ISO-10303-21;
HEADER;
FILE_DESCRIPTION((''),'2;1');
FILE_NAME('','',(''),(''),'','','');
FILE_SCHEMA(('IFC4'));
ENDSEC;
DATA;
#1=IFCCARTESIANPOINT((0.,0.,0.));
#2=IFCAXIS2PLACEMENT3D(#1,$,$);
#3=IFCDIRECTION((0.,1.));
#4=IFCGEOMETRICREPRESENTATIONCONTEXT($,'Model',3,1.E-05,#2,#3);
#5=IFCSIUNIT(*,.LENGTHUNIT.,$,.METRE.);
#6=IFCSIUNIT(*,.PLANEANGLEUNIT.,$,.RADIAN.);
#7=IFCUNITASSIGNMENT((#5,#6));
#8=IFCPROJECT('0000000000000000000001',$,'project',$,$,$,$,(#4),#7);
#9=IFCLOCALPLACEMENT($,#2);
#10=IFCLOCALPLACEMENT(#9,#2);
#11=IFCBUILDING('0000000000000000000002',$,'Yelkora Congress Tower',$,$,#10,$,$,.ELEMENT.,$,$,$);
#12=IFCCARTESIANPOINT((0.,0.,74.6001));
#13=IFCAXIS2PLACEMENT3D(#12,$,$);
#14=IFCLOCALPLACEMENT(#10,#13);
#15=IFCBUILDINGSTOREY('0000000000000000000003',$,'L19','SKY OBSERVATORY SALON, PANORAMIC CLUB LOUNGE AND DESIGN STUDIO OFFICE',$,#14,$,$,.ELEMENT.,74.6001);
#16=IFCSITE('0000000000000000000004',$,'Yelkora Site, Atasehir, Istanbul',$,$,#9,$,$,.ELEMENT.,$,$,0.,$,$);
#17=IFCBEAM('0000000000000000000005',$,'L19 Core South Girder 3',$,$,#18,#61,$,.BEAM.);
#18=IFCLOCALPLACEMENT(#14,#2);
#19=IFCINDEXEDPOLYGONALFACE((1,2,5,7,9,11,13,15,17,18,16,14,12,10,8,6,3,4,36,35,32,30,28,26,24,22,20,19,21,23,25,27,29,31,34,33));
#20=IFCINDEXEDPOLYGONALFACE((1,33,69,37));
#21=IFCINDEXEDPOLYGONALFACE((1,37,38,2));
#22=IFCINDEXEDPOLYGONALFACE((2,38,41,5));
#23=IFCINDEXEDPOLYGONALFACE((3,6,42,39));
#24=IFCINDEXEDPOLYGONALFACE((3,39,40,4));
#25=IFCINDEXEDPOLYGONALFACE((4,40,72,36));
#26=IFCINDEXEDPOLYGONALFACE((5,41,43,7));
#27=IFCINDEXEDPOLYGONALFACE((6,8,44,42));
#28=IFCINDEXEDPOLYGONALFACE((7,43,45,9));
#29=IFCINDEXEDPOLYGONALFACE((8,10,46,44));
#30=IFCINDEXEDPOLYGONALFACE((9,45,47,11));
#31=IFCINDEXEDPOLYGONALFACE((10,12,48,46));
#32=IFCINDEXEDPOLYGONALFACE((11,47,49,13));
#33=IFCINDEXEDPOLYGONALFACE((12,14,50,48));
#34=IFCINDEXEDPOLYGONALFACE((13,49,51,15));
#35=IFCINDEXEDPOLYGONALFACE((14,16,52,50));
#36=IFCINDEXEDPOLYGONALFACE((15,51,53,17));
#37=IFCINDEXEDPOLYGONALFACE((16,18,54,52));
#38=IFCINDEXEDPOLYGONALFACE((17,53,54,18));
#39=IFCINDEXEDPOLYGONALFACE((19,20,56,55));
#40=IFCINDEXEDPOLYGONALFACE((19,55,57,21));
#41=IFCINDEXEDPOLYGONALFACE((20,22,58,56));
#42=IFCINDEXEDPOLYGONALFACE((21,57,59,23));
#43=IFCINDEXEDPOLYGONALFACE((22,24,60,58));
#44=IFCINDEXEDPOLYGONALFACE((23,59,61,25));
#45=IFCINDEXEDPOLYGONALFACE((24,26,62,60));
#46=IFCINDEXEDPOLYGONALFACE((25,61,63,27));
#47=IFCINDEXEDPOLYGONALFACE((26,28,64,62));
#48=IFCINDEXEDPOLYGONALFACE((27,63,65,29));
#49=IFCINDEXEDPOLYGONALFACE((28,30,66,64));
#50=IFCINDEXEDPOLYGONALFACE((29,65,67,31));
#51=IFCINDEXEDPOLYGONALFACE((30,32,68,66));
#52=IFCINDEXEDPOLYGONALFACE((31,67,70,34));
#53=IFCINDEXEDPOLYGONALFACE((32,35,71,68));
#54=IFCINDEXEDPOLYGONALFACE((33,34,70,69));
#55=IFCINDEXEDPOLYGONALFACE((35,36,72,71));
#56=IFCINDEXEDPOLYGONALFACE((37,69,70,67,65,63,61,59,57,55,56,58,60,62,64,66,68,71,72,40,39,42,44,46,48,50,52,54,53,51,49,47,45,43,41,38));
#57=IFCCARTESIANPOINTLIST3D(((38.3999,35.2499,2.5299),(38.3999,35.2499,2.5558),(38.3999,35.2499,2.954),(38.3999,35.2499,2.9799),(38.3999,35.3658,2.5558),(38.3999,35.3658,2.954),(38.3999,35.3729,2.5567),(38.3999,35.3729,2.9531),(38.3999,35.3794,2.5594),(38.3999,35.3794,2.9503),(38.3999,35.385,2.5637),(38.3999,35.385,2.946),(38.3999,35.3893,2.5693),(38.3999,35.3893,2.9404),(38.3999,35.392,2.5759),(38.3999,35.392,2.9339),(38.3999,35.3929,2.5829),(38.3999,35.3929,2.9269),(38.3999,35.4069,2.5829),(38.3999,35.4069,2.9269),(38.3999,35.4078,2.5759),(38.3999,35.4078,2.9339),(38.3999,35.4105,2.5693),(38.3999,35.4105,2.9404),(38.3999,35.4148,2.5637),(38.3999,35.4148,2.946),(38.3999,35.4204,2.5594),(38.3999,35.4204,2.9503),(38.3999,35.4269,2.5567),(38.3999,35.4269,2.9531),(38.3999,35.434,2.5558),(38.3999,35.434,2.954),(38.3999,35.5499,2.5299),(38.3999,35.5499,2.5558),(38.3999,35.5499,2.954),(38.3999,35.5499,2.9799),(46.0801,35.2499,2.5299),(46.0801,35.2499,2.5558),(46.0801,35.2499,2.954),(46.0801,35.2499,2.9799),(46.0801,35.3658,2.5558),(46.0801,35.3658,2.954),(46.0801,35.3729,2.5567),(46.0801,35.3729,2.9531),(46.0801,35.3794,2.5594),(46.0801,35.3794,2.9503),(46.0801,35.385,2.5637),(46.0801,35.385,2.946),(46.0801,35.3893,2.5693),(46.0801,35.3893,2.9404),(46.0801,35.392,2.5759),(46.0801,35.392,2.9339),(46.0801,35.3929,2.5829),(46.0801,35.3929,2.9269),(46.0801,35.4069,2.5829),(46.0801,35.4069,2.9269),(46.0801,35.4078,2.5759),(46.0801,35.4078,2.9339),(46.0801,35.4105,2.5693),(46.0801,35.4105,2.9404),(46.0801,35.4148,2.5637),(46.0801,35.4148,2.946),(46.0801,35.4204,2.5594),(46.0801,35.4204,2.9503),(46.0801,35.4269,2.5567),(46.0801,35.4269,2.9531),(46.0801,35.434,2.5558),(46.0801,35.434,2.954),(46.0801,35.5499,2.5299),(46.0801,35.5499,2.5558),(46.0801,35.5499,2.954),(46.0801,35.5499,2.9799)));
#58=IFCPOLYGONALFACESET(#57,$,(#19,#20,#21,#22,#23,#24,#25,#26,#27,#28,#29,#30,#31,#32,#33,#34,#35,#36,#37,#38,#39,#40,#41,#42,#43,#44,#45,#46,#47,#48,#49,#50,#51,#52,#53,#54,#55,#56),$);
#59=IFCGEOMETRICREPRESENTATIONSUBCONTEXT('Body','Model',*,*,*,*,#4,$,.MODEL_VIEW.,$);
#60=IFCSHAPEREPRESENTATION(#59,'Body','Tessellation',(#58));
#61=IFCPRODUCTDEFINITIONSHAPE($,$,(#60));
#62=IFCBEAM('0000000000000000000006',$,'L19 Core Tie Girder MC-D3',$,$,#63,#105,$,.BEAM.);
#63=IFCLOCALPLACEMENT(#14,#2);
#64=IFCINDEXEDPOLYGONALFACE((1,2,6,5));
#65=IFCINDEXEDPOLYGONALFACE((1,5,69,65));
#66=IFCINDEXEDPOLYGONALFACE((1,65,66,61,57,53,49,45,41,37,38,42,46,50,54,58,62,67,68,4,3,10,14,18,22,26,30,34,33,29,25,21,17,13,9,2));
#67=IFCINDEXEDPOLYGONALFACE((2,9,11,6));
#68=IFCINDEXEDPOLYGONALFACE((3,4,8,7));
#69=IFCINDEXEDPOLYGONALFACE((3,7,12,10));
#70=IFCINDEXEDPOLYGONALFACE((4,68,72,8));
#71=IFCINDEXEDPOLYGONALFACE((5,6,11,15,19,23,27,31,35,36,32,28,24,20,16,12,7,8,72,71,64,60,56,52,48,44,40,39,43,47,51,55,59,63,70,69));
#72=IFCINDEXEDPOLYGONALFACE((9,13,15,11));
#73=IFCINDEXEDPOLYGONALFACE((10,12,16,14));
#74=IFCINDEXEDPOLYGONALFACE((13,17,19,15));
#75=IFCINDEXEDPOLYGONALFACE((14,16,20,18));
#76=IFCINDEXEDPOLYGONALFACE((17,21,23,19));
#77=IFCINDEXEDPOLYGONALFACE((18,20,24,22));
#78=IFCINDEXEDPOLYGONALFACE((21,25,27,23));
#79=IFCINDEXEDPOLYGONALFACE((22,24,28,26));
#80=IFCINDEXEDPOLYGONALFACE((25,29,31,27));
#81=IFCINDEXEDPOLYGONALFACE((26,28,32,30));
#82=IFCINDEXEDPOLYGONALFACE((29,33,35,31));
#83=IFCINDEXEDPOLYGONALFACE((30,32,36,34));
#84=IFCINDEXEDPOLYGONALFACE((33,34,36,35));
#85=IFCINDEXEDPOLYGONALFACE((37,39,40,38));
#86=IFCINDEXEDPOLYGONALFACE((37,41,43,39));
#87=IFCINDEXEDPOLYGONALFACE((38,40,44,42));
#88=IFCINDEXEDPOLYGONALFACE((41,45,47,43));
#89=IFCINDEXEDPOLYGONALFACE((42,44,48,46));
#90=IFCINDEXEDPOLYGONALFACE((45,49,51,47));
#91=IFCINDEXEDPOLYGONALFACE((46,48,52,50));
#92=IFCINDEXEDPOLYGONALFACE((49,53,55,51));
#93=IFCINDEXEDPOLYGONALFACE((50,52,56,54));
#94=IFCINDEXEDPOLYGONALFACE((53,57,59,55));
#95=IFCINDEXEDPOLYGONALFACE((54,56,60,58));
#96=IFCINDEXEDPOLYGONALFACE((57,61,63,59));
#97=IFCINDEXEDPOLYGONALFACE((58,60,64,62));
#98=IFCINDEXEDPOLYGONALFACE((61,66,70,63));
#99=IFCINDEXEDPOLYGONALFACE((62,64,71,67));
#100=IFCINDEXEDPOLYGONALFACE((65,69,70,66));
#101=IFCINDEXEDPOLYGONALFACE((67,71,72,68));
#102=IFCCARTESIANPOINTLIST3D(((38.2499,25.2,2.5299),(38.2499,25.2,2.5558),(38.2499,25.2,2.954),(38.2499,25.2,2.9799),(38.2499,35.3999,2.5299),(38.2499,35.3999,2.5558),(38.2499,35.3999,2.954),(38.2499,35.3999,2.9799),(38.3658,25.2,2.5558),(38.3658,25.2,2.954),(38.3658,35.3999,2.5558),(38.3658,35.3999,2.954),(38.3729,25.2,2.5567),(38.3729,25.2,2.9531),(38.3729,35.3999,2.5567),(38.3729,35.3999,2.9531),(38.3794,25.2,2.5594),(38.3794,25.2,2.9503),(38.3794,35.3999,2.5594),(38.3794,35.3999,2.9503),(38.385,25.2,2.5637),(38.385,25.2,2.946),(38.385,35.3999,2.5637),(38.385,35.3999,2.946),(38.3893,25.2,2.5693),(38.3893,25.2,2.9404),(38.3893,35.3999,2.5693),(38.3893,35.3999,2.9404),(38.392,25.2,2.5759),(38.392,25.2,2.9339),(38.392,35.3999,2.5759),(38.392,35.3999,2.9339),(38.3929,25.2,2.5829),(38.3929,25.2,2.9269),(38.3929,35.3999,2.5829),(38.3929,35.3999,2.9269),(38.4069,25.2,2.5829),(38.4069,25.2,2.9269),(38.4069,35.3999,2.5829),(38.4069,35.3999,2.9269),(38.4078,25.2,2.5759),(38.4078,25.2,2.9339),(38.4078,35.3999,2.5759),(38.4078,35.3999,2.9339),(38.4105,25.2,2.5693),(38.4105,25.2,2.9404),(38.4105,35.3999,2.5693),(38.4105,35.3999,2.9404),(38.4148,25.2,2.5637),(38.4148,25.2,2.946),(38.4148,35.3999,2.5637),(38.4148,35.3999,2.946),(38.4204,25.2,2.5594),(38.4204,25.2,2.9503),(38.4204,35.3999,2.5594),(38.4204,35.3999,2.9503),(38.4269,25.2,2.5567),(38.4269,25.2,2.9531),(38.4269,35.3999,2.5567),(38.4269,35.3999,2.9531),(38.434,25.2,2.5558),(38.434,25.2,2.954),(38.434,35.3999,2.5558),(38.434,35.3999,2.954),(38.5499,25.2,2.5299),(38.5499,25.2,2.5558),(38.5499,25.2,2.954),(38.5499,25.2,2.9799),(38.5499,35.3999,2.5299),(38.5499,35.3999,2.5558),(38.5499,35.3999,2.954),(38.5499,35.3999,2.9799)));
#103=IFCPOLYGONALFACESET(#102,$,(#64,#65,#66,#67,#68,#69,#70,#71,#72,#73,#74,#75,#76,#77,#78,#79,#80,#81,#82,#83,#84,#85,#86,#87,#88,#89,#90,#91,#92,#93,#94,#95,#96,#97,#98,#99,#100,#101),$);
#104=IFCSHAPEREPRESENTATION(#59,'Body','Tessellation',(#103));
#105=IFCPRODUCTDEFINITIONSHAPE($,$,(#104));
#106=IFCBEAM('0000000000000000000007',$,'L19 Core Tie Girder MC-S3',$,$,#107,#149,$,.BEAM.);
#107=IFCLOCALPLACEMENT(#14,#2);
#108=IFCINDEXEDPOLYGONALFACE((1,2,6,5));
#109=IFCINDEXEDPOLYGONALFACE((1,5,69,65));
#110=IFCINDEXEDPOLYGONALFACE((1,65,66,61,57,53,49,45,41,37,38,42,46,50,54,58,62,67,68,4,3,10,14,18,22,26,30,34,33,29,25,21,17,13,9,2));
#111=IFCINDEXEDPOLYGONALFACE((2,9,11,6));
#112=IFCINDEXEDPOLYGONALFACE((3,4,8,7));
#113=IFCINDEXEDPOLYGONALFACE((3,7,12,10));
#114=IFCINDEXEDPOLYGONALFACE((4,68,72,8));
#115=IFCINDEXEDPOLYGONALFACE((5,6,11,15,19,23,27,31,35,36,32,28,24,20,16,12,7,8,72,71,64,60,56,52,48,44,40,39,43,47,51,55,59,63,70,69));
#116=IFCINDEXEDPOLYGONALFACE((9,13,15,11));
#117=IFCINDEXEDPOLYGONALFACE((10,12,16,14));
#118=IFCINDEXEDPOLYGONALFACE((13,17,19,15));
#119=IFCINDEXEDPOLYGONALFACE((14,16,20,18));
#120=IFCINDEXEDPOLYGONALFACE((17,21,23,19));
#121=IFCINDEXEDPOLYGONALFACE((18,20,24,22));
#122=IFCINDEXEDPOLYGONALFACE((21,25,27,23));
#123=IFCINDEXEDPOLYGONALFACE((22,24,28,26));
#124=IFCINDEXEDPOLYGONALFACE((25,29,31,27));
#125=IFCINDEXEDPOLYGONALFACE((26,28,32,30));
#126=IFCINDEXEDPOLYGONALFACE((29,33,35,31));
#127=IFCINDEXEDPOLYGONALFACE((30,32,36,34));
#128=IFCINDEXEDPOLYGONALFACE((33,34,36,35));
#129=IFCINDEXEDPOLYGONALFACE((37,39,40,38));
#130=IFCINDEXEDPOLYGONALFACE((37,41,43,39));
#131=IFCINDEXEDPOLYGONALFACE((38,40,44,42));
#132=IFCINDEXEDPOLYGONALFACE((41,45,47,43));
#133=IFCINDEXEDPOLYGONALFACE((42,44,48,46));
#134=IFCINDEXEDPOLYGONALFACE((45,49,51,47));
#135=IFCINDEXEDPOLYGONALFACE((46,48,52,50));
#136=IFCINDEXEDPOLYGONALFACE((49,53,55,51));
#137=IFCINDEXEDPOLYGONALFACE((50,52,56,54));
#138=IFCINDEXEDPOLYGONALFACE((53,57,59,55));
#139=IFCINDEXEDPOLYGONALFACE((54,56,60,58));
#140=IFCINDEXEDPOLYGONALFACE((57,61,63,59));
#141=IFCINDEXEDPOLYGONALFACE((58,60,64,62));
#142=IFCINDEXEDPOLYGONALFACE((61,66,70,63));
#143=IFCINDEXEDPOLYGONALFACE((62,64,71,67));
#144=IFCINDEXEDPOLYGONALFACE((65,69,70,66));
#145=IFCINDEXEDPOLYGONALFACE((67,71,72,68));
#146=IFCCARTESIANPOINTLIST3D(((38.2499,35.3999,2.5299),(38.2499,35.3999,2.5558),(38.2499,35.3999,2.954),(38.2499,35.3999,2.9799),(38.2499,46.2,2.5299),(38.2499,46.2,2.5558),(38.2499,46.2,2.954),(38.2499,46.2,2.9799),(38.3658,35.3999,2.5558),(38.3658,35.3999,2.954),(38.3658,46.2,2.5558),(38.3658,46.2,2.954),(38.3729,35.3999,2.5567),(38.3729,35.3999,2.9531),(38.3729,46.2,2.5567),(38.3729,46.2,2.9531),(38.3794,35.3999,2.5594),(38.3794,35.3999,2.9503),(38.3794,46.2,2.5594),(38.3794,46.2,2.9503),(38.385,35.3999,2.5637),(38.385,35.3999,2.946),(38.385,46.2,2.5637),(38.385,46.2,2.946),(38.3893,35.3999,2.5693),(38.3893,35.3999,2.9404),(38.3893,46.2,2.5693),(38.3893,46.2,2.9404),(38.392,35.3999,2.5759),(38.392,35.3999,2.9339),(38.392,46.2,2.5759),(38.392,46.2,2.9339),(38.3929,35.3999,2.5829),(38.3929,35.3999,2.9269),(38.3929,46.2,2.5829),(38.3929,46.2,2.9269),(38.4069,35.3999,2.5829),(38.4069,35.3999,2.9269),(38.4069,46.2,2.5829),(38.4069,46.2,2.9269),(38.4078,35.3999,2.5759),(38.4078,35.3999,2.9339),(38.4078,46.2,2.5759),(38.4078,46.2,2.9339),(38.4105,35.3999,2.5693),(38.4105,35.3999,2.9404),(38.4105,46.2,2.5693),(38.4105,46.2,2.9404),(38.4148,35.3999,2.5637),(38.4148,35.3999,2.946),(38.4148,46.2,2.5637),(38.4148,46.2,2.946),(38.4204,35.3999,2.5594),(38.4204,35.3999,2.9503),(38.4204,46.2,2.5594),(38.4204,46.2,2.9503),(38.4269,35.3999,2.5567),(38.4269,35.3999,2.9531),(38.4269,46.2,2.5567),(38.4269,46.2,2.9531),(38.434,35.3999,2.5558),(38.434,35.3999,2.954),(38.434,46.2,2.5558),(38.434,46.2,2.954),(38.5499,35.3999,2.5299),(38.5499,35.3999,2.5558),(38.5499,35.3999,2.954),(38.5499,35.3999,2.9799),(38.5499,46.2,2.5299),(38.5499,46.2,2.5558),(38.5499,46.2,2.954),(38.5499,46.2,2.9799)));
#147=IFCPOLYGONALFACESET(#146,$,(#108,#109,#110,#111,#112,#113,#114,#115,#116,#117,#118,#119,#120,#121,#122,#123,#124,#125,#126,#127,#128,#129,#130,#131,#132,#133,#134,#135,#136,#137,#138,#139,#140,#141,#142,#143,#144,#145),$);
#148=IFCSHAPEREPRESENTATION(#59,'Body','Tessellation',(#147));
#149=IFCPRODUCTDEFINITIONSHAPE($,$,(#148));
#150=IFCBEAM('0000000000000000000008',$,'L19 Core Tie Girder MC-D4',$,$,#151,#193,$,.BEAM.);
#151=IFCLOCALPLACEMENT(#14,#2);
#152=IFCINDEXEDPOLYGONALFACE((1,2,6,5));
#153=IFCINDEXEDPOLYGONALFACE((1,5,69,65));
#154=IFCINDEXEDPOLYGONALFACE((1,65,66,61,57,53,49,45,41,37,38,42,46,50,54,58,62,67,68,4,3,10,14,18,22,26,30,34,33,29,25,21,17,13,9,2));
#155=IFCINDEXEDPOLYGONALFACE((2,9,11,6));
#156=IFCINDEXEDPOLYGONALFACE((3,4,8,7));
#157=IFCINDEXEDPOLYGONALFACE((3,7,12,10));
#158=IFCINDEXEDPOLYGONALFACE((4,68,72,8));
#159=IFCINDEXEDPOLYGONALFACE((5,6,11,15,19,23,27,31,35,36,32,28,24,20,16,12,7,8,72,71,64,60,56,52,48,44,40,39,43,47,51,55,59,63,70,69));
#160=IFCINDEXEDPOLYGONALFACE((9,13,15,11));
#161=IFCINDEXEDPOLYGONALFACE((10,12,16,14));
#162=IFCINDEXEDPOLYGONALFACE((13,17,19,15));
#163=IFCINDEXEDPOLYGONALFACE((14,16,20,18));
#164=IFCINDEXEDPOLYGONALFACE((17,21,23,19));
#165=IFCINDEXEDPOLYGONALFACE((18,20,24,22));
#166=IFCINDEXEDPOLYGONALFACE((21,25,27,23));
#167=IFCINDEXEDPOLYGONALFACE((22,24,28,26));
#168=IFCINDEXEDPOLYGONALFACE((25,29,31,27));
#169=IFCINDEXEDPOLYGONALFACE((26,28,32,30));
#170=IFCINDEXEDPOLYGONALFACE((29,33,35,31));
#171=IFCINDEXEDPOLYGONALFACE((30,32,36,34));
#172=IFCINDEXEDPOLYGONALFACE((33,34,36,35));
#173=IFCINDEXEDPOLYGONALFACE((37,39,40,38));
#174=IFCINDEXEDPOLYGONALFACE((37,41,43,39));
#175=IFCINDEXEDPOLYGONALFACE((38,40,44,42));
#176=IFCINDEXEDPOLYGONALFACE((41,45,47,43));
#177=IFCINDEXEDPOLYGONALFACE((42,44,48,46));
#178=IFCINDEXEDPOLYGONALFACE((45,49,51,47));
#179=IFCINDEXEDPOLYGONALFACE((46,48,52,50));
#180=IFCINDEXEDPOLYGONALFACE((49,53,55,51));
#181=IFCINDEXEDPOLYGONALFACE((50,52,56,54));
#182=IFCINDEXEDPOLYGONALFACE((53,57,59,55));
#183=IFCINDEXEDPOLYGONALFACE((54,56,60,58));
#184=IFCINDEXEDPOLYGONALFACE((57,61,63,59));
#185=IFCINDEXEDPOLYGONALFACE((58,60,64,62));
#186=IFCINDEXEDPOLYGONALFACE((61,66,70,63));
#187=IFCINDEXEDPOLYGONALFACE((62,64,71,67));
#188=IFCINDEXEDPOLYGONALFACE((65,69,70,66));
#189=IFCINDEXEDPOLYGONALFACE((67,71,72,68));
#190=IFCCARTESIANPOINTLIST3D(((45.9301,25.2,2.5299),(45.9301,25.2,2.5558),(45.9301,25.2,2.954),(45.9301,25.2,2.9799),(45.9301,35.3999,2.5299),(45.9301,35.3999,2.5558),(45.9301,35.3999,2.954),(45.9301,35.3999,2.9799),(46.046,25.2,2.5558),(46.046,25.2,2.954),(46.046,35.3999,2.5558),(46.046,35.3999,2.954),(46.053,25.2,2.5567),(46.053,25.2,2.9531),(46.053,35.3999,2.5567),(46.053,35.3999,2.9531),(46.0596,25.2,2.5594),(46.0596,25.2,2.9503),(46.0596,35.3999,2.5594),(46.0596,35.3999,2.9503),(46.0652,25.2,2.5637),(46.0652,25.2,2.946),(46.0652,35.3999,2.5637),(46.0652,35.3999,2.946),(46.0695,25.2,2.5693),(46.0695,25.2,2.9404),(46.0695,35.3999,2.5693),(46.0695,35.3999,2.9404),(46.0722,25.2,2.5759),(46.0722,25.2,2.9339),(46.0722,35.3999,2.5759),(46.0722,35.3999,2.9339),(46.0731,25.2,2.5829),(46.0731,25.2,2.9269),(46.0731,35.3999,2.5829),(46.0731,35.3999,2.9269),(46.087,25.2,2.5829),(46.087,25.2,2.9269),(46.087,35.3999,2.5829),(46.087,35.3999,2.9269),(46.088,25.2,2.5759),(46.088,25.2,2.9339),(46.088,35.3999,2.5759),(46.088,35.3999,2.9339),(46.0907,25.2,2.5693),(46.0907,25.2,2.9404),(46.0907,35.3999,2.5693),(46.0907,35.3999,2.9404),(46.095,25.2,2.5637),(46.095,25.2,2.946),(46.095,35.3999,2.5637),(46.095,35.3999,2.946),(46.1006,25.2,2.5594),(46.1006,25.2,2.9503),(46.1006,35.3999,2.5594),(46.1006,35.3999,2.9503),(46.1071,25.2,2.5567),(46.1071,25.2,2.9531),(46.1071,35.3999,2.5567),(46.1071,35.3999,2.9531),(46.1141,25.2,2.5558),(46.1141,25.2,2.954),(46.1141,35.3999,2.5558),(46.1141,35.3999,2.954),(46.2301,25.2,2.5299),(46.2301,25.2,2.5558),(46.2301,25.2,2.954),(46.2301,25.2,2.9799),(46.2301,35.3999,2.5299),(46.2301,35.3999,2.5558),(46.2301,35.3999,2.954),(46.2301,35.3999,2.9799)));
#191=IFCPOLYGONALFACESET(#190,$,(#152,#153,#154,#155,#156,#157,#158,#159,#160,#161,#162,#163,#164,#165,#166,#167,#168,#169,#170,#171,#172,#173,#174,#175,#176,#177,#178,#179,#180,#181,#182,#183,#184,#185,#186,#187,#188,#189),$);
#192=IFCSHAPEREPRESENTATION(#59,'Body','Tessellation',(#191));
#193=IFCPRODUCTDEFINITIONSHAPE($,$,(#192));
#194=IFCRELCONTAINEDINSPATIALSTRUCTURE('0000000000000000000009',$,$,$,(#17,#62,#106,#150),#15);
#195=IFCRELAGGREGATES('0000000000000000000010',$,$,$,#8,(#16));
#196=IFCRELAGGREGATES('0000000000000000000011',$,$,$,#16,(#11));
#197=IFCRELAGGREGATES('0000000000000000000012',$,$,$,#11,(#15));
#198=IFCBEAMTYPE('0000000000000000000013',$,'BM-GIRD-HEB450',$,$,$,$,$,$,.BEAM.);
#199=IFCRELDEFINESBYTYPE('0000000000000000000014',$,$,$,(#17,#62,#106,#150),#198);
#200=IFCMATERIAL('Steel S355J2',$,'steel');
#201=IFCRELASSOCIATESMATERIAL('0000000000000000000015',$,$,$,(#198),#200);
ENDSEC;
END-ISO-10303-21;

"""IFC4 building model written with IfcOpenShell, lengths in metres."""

from ifc_helpers import new_model, si_unit, direction, frame, origin, origin_2d, place, context, subcontext, project, spatial, i_section, extrude, material, material_profile, profile_set, type_object, element, save


model = new_model("IFC4")

# Units and contexts
model_context = context("Model", 3, precision=1e-05, world=origin(), true_north=direction((0.0, 1.0)))
body_context = subcontext(model_context, "Body", "Model", "MODEL_VIEW")
ifc_project = project(units=[si_unit("LENGTHUNIT", "METRE"), si_unit("PLANEANGLEUNIT", "RADIAN")], contexts=[model_context])

# Site, building, storey
site_placement = place(None, origin())
site = spatial("IfcSite", under=ifc_project, at=site_placement, Name="Yelkora Site, Atasehir, Istanbul", CompositionType="ELEMENT", RefElevation=0.0)
building_placement = place(site_placement, origin())
building = spatial("IfcBuilding", under=site, at=building_placement, Name="Yelkora Congress Tower", CompositionType="ELEMENT")
storey_placement = place(building_placement, frame((0.0, 0.0, 74.6001)))
storey = spatial("IfcBuildingStorey", under=building, at=storey_placement, Name="L19", Description="SKY OBSERVATORY SALON, PANORAMIC CLUB LOUNGE AND DESIGN STUDIO OFFICE", CompositionType="ELEMENT", Elevation=74.6001)

# Beams
ifc_material_1 = material(Name="Steel S355J2", Category="steel")
ifc_material_profile_1 = material_profile(ifc_material_1, i_section(OverallWidth=0.3, OverallDepth=0.45, WebThickness=0.0139, FlangeThickness=0.0259, FilletRadius=0.0271, at=origin_2d()), Name="HEB 450")
ifc_profile_set_1 = profile_set([ifc_material_profile_1], Name="Steel S355J2")
beam_type_1 = type_object("IfcBeamType", Name="BM-GIRD-HEB450", PredefinedType="BEAM", material=ifc_profile_set_1)
beam_1_placement = place(storey_placement, frame((38.3999, 35.3999, 2.7549), z_axis=(1.0, 0.0, 0.0), x_axis=(0.0, 1.0, 0.0)))
element("IfcBeam", 1, at=beam_1_placement, inside=storey, type_object=beam_type_1, Name="L19 Core South Girder 3", PredefinedType="BEAM", context=body_context, shape_type="SweptSolid", body=[
    extrude(i_section(OverallWidth=0.3, OverallDepth=0.45, WebThickness=0.0139, FlangeThickness=0.0259, FilletRadius=0.0271, at=origin_2d()), origin(), (0.0, 0.0, 1.0), 7.6802),
])
beam_2_placement = place(storey_placement, frame((38.3999, 25.2, 2.7549), z_axis=(0.0, 1.0, 0.0), x_axis=(-1.0, 0.0, 0.0)))
element("IfcBeam", 2, at=beam_2_placement, inside=storey, type_object=beam_type_1, Name="L19 Core Tie Girder MC-D3", PredefinedType="BEAM", context=body_context, shape_type="SweptSolid", body=[
    extrude(i_section(OverallWidth=0.3, OverallDepth=0.45, WebThickness=0.0139, FlangeThickness=0.0259, FilletRadius=0.0271, at=origin_2d()), origin(), (0.0, 0.0, 1.0), 10.2),
])
beam_3_placement = place(storey_placement, frame((38.3999, 35.3999, 2.7549), z_axis=(0.0, 1.0, 0.0), x_axis=(-1.0, 0.0, 0.0)))
element("IfcBeam", 3, at=beam_3_placement, inside=storey, type_object=beam_type_1, Name="L19 Core Tie Girder MC-S3", PredefinedType="BEAM", context=body_context, shape_type="SweptSolid", body=[
    extrude(i_section(OverallWidth=0.3, OverallDepth=0.45, WebThickness=0.0139, FlangeThickness=0.0259, FilletRadius=0.0271, at=origin_2d()), origin(), (0.0, 0.0, 1.0), 10.8),
])
for number, where, z_axis, x_axis, name in (
    (4, (46.0801, 25.2, 2.7549), (0.0, 1.0, 0.0), (-1.0, 0.0, 0.0), "L19 Core Tie Girder MC-D4"),
):
    element("IfcBeam", number, at=place(storey_placement, frame(where, z_axis=z_axis, x_axis=x_axis)), inside=storey, type_object=beam_type_1, Name=name, PredefinedType="BEAM", context=body_context, shape_type="SweptSolid", body=[
        extrude(i_section(OverallWidth=0.3, OverallDepth=0.45, WebThickness=0.0139, FlangeThickness=0.0259, FilletRadius=0.0271, at=origin_2d()), origin(), (0.0, 0.0, 1.0), 10.2),
    ])

save(model, "model.ifc")
